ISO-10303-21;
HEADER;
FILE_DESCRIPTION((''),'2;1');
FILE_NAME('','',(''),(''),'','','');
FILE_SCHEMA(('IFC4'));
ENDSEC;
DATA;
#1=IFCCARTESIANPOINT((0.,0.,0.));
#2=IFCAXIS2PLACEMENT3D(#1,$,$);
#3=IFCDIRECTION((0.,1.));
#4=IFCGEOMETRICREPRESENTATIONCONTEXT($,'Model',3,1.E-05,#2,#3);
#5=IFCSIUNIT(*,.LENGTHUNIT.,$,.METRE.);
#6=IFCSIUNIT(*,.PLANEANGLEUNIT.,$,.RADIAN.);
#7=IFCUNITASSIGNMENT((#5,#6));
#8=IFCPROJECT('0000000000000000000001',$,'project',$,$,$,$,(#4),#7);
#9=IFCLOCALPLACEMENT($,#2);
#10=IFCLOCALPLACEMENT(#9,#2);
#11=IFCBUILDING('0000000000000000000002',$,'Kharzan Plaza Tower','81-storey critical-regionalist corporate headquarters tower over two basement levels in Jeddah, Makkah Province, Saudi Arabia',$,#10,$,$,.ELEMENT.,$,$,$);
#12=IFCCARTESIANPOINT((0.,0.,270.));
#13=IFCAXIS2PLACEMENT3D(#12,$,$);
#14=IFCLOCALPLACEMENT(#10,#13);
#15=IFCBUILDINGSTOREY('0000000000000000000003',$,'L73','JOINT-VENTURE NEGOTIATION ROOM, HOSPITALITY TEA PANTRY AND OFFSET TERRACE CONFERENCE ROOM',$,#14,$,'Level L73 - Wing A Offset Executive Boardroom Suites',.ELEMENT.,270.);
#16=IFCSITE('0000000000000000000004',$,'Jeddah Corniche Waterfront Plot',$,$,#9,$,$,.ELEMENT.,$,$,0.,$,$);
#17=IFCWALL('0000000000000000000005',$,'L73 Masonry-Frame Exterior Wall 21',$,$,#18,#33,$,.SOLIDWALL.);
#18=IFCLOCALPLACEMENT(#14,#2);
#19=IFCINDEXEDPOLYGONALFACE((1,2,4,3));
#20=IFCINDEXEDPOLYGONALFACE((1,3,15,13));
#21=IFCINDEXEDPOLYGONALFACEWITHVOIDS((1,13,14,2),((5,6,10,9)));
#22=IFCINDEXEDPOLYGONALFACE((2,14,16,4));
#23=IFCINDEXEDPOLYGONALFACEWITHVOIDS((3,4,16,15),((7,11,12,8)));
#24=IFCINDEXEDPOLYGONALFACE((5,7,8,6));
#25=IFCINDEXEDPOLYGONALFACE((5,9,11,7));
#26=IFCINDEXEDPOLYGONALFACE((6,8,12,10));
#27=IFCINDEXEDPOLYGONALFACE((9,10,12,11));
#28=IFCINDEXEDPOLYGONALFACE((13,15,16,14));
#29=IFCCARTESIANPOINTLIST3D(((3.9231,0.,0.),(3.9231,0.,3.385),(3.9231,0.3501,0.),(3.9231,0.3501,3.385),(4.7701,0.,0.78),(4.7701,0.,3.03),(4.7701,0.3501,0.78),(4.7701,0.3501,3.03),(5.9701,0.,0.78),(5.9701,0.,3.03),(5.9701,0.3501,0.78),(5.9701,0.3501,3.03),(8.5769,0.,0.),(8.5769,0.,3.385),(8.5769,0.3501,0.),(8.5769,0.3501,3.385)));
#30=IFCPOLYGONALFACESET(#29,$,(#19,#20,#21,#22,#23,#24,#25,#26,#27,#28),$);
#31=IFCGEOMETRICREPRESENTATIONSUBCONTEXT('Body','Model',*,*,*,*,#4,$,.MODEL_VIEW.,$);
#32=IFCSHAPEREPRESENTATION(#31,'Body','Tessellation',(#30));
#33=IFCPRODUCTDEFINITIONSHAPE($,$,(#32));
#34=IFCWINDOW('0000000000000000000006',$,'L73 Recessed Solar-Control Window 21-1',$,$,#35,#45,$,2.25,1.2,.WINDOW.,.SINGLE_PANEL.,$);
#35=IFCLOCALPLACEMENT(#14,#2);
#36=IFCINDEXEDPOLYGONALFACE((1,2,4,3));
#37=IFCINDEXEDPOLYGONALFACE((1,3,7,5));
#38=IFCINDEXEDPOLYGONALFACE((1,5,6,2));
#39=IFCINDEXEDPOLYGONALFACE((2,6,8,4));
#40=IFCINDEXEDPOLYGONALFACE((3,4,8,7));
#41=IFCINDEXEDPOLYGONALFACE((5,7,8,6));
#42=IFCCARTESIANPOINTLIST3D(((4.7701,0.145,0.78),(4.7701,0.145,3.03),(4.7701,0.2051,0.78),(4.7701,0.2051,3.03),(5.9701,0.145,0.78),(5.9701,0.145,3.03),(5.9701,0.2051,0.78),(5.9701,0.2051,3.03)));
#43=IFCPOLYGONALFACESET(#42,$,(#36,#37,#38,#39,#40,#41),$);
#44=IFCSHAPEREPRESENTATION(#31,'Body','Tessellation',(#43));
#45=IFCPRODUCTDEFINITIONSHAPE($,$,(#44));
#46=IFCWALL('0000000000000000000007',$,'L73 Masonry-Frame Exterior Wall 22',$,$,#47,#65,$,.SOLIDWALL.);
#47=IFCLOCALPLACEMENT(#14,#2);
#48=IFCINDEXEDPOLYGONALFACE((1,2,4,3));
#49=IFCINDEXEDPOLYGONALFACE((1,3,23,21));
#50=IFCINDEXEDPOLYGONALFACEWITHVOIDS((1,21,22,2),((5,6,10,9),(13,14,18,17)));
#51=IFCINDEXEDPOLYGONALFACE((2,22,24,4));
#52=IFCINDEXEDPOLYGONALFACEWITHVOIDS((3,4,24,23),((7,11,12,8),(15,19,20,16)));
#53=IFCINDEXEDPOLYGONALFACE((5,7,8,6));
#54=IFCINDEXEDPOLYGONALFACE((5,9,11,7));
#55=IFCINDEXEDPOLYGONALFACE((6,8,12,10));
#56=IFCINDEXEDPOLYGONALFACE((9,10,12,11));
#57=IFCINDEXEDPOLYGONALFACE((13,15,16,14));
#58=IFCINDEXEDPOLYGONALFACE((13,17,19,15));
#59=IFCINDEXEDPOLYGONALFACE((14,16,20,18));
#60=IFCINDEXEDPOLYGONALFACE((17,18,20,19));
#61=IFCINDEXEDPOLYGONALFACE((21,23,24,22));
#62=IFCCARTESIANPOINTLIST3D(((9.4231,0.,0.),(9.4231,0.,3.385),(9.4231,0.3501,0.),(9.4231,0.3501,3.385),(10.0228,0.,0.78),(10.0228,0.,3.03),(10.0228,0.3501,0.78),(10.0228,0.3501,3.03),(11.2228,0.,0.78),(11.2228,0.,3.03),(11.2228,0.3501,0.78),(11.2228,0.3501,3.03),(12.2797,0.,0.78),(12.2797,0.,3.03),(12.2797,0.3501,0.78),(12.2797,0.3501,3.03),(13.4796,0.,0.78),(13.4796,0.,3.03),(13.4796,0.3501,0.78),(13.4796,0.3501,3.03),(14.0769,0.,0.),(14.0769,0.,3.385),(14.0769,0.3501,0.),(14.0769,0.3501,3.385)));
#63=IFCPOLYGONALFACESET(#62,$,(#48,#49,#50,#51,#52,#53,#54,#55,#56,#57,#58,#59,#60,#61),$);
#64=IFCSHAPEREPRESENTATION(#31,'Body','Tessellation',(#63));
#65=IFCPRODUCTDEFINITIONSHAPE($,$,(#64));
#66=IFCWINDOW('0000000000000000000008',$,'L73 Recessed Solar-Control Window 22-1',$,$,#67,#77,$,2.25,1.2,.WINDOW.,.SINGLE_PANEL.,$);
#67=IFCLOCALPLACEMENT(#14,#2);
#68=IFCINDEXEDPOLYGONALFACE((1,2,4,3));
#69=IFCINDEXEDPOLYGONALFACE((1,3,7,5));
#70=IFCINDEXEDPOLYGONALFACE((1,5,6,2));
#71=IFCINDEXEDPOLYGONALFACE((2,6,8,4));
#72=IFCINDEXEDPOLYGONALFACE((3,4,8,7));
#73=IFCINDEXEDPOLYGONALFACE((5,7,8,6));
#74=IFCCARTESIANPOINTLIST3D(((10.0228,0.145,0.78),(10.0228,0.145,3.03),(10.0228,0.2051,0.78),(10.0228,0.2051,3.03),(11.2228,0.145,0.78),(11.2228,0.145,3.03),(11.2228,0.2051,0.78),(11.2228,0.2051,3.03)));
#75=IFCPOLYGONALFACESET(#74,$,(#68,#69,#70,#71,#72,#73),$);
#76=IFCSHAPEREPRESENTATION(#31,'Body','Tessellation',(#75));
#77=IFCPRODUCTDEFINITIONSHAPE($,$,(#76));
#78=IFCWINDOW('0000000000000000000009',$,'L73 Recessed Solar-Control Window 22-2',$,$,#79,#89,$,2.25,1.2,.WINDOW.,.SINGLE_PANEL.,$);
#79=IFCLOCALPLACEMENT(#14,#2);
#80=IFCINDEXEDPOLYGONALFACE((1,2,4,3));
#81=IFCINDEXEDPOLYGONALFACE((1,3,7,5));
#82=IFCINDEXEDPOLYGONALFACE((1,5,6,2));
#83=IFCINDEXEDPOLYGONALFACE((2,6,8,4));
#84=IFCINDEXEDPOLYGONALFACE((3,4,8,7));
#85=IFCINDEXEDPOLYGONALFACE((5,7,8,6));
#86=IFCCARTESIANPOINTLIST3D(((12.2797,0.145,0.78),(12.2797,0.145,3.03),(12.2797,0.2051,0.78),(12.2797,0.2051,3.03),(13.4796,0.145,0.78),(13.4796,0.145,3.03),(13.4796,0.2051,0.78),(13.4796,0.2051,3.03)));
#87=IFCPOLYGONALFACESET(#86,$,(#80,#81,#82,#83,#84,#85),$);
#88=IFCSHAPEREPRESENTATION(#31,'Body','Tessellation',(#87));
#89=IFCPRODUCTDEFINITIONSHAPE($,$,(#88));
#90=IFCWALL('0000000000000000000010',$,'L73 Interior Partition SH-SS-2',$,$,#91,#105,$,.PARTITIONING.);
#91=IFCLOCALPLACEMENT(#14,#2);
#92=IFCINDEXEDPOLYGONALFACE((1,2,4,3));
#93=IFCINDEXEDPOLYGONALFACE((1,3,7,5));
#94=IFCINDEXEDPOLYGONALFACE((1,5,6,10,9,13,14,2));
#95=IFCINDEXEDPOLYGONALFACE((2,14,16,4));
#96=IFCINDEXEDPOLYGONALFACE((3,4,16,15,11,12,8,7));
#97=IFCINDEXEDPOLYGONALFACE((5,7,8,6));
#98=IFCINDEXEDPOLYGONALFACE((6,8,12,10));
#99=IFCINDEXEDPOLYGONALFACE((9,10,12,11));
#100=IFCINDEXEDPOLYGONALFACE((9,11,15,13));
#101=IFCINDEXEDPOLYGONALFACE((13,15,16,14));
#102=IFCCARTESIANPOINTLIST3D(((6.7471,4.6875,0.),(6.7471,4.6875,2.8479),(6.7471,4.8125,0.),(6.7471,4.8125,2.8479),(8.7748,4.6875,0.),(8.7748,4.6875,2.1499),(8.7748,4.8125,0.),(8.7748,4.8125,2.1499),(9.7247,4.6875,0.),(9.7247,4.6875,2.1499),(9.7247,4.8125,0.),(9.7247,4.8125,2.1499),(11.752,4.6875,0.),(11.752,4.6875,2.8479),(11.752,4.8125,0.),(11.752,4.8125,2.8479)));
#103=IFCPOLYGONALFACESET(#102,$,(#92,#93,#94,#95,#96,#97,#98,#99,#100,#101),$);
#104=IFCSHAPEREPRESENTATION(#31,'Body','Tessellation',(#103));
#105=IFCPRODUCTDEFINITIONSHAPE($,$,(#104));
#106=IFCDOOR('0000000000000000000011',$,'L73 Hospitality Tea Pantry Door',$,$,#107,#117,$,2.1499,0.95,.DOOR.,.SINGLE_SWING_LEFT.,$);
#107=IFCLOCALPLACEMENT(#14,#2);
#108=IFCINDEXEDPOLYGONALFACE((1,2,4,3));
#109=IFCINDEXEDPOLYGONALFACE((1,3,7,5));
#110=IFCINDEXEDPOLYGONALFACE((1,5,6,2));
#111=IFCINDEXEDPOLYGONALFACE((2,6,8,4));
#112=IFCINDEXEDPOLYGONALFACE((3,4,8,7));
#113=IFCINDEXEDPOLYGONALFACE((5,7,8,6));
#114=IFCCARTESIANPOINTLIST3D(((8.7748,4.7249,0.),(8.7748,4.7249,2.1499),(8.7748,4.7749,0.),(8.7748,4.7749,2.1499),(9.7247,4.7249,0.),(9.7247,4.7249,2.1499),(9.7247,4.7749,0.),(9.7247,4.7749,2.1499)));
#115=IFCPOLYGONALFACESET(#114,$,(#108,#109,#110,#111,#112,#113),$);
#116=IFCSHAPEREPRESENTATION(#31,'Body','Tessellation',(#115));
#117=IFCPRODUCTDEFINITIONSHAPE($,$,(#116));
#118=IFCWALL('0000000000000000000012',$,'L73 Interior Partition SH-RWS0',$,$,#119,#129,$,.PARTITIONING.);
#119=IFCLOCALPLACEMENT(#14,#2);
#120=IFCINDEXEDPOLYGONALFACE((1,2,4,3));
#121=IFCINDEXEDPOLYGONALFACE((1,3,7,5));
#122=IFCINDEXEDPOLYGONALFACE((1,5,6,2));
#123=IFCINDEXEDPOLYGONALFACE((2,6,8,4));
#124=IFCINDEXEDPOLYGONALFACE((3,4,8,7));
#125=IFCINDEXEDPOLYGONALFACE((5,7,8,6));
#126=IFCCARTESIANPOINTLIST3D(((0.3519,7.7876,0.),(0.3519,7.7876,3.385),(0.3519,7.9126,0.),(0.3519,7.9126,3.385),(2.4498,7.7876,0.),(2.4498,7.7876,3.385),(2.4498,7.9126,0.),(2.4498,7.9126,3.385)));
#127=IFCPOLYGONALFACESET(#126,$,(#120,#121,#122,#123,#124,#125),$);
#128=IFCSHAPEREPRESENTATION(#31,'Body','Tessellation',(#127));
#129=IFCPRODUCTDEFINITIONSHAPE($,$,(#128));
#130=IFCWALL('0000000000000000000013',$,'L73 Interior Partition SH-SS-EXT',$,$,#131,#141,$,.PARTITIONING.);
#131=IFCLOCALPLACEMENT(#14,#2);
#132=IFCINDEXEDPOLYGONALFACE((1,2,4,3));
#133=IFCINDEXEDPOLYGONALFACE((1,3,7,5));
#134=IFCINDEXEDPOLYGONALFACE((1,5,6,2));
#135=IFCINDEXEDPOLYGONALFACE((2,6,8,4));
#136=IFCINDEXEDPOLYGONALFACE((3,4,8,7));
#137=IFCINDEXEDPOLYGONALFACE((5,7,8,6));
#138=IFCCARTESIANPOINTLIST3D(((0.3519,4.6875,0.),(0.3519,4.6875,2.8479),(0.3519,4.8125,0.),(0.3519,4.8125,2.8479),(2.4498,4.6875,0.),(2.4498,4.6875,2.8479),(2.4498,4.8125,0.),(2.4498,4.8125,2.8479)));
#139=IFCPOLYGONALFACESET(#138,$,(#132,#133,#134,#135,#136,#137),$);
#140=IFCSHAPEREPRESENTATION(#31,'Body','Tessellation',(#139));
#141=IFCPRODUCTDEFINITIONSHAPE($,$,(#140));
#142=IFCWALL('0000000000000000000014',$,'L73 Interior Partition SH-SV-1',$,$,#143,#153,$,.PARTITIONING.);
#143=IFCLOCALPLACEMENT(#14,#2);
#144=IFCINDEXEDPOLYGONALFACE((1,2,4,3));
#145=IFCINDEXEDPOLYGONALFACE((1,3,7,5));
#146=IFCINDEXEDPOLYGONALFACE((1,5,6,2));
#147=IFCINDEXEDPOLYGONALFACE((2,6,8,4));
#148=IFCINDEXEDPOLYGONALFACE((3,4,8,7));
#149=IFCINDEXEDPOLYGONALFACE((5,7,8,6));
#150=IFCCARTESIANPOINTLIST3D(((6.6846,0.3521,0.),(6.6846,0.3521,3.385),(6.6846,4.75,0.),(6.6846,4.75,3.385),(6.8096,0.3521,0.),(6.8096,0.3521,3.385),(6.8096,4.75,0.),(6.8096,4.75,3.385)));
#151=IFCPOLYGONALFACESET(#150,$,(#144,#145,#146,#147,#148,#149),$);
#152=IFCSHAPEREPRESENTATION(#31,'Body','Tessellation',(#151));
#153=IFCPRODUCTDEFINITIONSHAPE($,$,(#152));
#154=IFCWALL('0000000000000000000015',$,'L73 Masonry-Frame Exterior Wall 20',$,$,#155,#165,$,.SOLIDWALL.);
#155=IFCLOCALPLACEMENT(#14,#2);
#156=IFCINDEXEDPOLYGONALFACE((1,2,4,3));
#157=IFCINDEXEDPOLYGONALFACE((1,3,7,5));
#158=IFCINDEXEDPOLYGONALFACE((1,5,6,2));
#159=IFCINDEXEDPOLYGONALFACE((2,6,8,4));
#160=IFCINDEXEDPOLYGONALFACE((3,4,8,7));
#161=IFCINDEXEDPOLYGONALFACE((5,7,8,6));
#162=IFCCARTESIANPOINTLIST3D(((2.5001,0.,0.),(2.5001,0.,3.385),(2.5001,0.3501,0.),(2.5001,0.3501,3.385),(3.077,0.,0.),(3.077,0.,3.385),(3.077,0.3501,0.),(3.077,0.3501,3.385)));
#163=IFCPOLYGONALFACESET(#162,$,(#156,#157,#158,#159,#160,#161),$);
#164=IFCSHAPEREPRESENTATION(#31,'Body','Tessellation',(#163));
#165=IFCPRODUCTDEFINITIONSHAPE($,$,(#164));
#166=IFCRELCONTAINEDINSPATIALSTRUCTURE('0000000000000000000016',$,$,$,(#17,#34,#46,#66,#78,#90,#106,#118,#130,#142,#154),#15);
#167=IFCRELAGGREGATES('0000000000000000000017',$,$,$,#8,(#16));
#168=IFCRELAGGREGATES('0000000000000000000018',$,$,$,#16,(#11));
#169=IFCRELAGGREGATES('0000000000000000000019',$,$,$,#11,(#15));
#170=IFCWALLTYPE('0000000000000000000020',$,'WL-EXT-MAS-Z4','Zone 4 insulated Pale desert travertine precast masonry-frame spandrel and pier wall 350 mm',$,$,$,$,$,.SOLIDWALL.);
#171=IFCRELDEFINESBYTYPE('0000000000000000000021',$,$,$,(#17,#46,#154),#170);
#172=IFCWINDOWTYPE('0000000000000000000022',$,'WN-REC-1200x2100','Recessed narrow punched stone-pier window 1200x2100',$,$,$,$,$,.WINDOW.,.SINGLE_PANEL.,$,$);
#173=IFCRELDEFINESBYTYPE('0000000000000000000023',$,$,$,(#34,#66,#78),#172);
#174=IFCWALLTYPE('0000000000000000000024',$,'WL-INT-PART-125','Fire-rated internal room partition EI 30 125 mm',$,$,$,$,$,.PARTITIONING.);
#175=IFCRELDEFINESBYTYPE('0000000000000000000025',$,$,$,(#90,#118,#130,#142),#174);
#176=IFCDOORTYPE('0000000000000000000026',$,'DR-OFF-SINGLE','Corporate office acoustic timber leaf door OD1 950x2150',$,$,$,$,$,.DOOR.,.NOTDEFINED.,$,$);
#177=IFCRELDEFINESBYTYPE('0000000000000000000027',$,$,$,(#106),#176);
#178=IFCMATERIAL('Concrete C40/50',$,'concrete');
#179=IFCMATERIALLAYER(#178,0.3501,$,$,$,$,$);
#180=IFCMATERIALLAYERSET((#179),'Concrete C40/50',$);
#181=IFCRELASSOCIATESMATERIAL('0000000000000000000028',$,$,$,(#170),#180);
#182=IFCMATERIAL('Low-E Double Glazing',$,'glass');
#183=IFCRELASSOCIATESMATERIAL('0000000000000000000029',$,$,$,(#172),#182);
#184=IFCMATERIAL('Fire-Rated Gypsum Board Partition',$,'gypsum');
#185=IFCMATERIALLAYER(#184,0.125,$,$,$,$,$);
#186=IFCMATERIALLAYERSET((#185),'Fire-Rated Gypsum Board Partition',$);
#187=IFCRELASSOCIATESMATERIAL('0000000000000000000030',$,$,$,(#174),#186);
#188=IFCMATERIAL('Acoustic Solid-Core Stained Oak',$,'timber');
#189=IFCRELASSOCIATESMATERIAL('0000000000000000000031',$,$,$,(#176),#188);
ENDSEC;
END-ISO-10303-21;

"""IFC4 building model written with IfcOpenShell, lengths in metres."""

from ifc_helpers import new_model, si_unit, direction, frame, frame_2d, origin, place, context, subcontext, project, spatial, rectangle, extrude, source, transform, mapped, material, layer, layer_set, type_object, element, fill, save


model = new_model("IFC4")

# Units and contexts
model_context = context("Model", 3, precision=1e-05, world=origin(), true_north=direction((0.0, 1.0)))
body_context = subcontext(model_context, "Body", "Model", "MODEL_VIEW")
ifc_project = project(units=[si_unit("LENGTHUNIT", "METRE"), si_unit("PLANEANGLEUNIT", "RADIAN")], contexts=[model_context])

# Site, building, storey
site_placement = place(None, origin())
site = spatial("IfcSite", under=ifc_project, at=site_placement, Name="Jeddah Corniche Waterfront Plot", CompositionType="ELEMENT", RefElevation=0.0)
building_placement = place(site_placement, origin())
building = spatial("IfcBuilding", under=site, at=building_placement, Name="Kharzan Plaza Tower", Description="81-storey critical-regionalist corporate headquarters tower over two basement levels in Jeddah, Makkah Province, Saudi Arabia", CompositionType="ELEMENT")
storey_placement = place(building_placement, frame((0.0, 0.0, 270.0)))
storey = spatial("IfcBuildingStorey", under=building, at=storey_placement, Name="L73", Description="JOINT-VENTURE NEGOTIATION ROOM, HOSPITALITY TEA PANTRY AND OFFSET TERRACE CONFERENCE ROOM", LongName="Level L73 - Wing A Offset Executive Boardroom Suites", CompositionType="ELEMENT", Elevation=270.0)

# Shared definitions
ifc_material_1 = material(Name="Concrete C40/50", Category="concrete")

# Wall, opening, window
ifc_layer_1 = layer(ifc_material_1, 0.3501)
ifc_layer_set_1 = layer_set([ifc_layer_1], Name="Concrete C40/50")
wall_type_1 = type_object("IfcWallType", Name="WL-EXT-MAS-Z4", Description="Zone 4 insulated Pale desert travertine precast masonry-frame spandrel and pier wall 350 mm", PredefinedType="SOLIDWALL", material=ifc_layer_set_1)
ifc_material_2 = material(Name="Low-E Double Glazing", Category="glass")
window_type = type_object("IfcWindowType", Name="WN-REC-1200x2100", Description="Recessed narrow punched stone-pier window 1200x2100", PartitioningType="SINGLE_PANEL", PredefinedType="WINDOW", material=ifc_material_2)
shared_shape_1 = source(origin(), body_context, "Body", "SweptSolid", [
    extrude(rectangle(XDim=1.2, YDim=2.25, at=frame_2d((0.6001, 1.125))), frame((0.0, 0.03, 0.0), z_axis=(0.0, -1.0, 0.0), x_axis=(1.0, 0.0, 0.0)), (0.0, 0.0, 1.0), 0.0601),
])
wall_1_placement = place(storey_placement, frame((3.9231, 0.175, 0.0), z_axis=(0.0, 0.0, 1.0), x_axis=(1.0, 0.0, 0.0)))
wall_1 = element("IfcWall", 1, at=wall_1_placement, inside=storey, type_object=wall_type_1, Name="L73 Masonry-Frame Exterior Wall 21", PredefinedType="SOLIDWALL", context=body_context, shape_type="SweptSolid", body=[
    extrude(rectangle(XDim=4.6538, YDim=0.3501, at=frame_2d((2.3269, 0.0))), origin(), (0.0, 0.0, 1.0), 3.385),
])
opening_1_placement = place(wall_1_placement, frame((0.8469, 0.0, 0.78)))
opening_1 = element("IfcOpeningElement", 2, at=opening_1_placement, cuts=wall_1, PredefinedType="OPENING", context=body_context, shape_type="SweptSolid", body=[
    extrude(rectangle(XDim=1.2, YDim=2.25, at=frame_2d((0.6001, 1.125))), frame((0.0, 0.1851, 0.0), z_axis=(0.0, -1.0, 0.0), x_axis=(1.0, 0.0, 0.0)), (0.0, 0.0, 1.0), 0.3701),
])
window_1_placement = place(opening_1_placement, origin())
window_1 = element("IfcWindow", 3, at=window_1_placement, inside=storey, type_object=window_type, Name="L73 Recessed Solar-Control Window 21-1", OverallHeight=2.25, OverallWidth=1.2, PartitioningType="SINGLE_PANEL", PredefinedType="WINDOW", context=body_context, shape_type="MappedRepresentation", body=[
    mapped(shared_shape_1, transform((0.0, 0.0, 0.0), x_axis=(1.0, 0.0, 0.0), y_axis=(0.0, 1.0, 0.0), z_axis=(0.0, 0.0, 1.0))),
])
fill(opening_1, window_1)

# Wall, openings, windows
wall_2_placement = place(storey_placement, frame((9.4231, 0.175, 0.0), z_axis=(0.0, 0.0, 1.0), x_axis=(1.0, 0.0, 0.0)))
wall_2 = element("IfcWall", 4, at=wall_2_placement, inside=storey, type_object=wall_type_1, Name="L73 Masonry-Frame Exterior Wall 22", PredefinedType="SOLIDWALL", context=body_context, shape_type="SweptSolid", body=[
    extrude(rectangle(XDim=4.6538, YDim=0.3501, at=frame_2d((2.3269, 0.0))), origin(), (0.0, 0.0, 1.0), 3.385),
])
opening_2_placement = place(wall_2_placement, frame((0.5996, 0.0, 0.78)))
opening_2 = element("IfcOpeningElement", 5, at=opening_2_placement, cuts=wall_2, PredefinedType="OPENING", context=body_context, shape_type="SweptSolid", body=[
    extrude(rectangle(XDim=1.2, YDim=2.25, at=frame_2d((0.6001, 1.125))), frame((0.0, 0.1851, 0.0), z_axis=(0.0, -1.0, 0.0), x_axis=(1.0, 0.0, 0.0)), (0.0, 0.0, 1.0), 0.3701),
])
opening_3_placement = place(wall_2_placement, frame((2.8564, 0.0, 0.78)))
opening_3 = element("IfcOpeningElement", 6, at=opening_3_placement, cuts=wall_2, PredefinedType="OPENING", context=body_context, shape_type="SweptSolid", body=[
    extrude(rectangle(XDim=1.2, YDim=2.25, at=frame_2d((0.6001, 1.125))), frame((0.0, 0.1851, 0.0), z_axis=(0.0, -1.0, 0.0), x_axis=(1.0, 0.0, 0.0)), (0.0, 0.0, 1.0), 0.3701),
])
window_2_placement = place(opening_2_placement, origin())
window_2 = element("IfcWindow", 7, at=window_2_placement, inside=storey, type_object=window_type, Name="L73 Recessed Solar-Control Window 22-1", OverallHeight=2.25, OverallWidth=1.2, PartitioningType="SINGLE_PANEL", PredefinedType="WINDOW", context=body_context, shape_type="MappedRepresentation", body=[
    mapped(shared_shape_1, transform((0.0, 0.0, 0.0), x_axis=(1.0, 0.0, 0.0), y_axis=(0.0, 1.0, 0.0), z_axis=(0.0, 0.0, 1.0))),
])
fill(opening_2, window_2)
window_3_placement = place(opening_3_placement, origin())
window_3 = element("IfcWindow", 8, at=window_3_placement, inside=storey, type_object=window_type, Name="L73 Recessed Solar-Control Window 22-2", OverallHeight=2.25, OverallWidth=1.2, PartitioningType="SINGLE_PANEL", PredefinedType="WINDOW", context=body_context, shape_type="MappedRepresentation", body=[
    mapped(shared_shape_1, transform((0.0, 0.0, 0.0), x_axis=(1.0, 0.0, 0.0), y_axis=(0.0, 1.0, 0.0), z_axis=(0.0, 0.0, 1.0))),
])
fill(opening_3, window_3)

# Wall, opening, door
ifc_material_3 = material(Name="Fire-Rated Gypsum Board Partition", Category="gypsum")
ifc_layer_2 = layer(ifc_material_3, 0.125)
ifc_layer_set_2 = layer_set([ifc_layer_2], Name="Fire-Rated Gypsum Board Partition")
wall_type_2 = type_object("IfcWallType", Name="WL-INT-PART-125", Description="Fire-rated internal room partition EI 30 125 mm", PredefinedType="PARTITIONING", material=ifc_layer_set_2)
ifc_material_4 = material(Name="Acoustic Solid-Core Stained Oak", Category="timber")
door_type = type_object("IfcDoorType", Name="DR-OFF-SINGLE", Description="Corporate office acoustic timber leaf door OD1 950x2150", OperationType="NOTDEFINED", PredefinedType="DOOR", material=ifc_material_4)
shared_shape_2 = source(origin(), body_context, "Body", "SweptSolid", [
    extrude(rectangle(XDim=0.95, YDim=2.1499, at=frame_2d((0.4751, 1.075))), frame((0.0, 0.0249, 0.0), z_axis=(0.0, -1.0, 0.0), x_axis=(1.0, 0.0, 0.0)), (0.0, 0.0, 1.0), 0.05),
])
wall_3_placement = place(storey_placement, frame((6.7471, 4.75, 0.0), z_axis=(0.0, 0.0, 1.0), x_axis=(1.0, 0.0, 0.0)))
wall_3 = element("IfcWall", 9, at=wall_3_placement, inside=storey, type_object=wall_type_2, Name="L73 Interior Partition SH-SS-2", PredefinedType="PARTITIONING", context=body_context, shape_type="SweptSolid", body=[
    extrude(rectangle(XDim=5.0049, YDim=0.125, at=frame_2d((2.5024, 0.0))), origin(), (0.0, 0.0, 1.0), 2.8479),
])
opening_4_placement = place(wall_3_placement, frame((2.0276, 0.0, 0.0)))
opening_4 = element("IfcOpeningElement", 10, at=opening_4_placement, cuts=wall_3, PredefinedType="OPENING", context=body_context, shape_type="SweptSolid", body=[
    extrude(rectangle(XDim=0.95, YDim=2.1499, at=frame_2d((0.4751, 1.075))), frame((0.0, 0.0725, 0.0), z_axis=(0.0, -1.0, 0.0), x_axis=(1.0, 0.0, 0.0)), (0.0, 0.0, 1.0), 0.145),
])
door_1_placement = place(opening_4_placement, origin())
door_1 = element("IfcDoor", 11, at=door_1_placement, inside=storey, type_object=door_type, Name="L73 Hospitality Tea Pantry Door", OperationType="SINGLE_SWING_LEFT", OverallHeight=2.1499, OverallWidth=0.95, PredefinedType="DOOR", context=body_context, shape_type="MappedRepresentation", body=[
    mapped(shared_shape_2, transform((0.0, 0.0, 0.0), x_axis=(1.0, 0.0, 0.0), y_axis=(0.0, 1.0, 0.0), z_axis=(0.0, 0.0, 1.0))),
])
fill(opening_4, door_1)

# Walls
shared_shape_3 = source(origin(), body_context, "Body", "SweptSolid", [
    extrude(rectangle(XDim=2.0979, YDim=0.125, at=frame_2d((1.0488, 0.0))), origin(), (0.0, 0.0, 1.0), 3.385),
])
wall_4_placement = place(storey_placement, frame((0.3521, 7.8501, 0.0), z_axis=(0.0, 0.0, 1.0), x_axis=(1.0, 0.0, 0.0)))
element("IfcWall", 12, at=wall_4_placement, inside=storey, type_object=wall_type_2, Name="L73 Interior Partition SH-RWS0", PredefinedType="PARTITIONING", context=body_context, shape_type="MappedRepresentation", body=[
    mapped(shared_shape_3, transform((0.0, 0.0, 0.0), x_axis=(1.0, 0.0, 0.0), y_axis=(0.0, 1.0, 0.0), z_axis=(0.0, 0.0, 1.0))),
])
shared_shape_4 = source(origin(), body_context, "Body", "SweptSolid", [
    extrude(rectangle(XDim=2.0979, YDim=0.125, at=frame_2d((1.0488, 0.0))), origin(), (0.0, 0.0, 1.0), 2.8479),
])
wall_5_placement = place(storey_placement, frame((0.3521, 4.75, 0.0), z_axis=(0.0, 0.0, 1.0), x_axis=(1.0, 0.0, 0.0)))
element("IfcWall", 13, at=wall_5_placement, inside=storey, type_object=wall_type_2, Name="L73 Interior Partition SH-SS-EXT", PredefinedType="PARTITIONING", context=body_context, shape_type="MappedRepresentation", body=[
    mapped(shared_shape_4, transform((0.0, 0.0, 0.0), x_axis=(1.0, 0.0, 0.0), y_axis=(0.0, 1.0, 0.0), z_axis=(0.0, 0.0, 1.0))),
])
shared_shape_5 = source(origin(), body_context, "Body", "SweptSolid", [
    extrude(rectangle(XDim=4.3979, YDim=0.125, at=frame_2d((2.199, 0.0))), origin(), (0.0, 0.0, 1.0), 3.385),
])
wall_6_placement = place(storey_placement, frame((6.7471, 0.3521, 0.0), z_axis=(0.0, 0.0, 1.0), x_axis=(0.0, 1.0, 0.0)))
element("IfcWall", 14, at=wall_6_placement, inside=storey, type_object=wall_type_2, Name="L73 Interior Partition SH-SV-1", PredefinedType="PARTITIONING", context=body_context, shape_type="MappedRepresentation", body=[
    mapped(shared_shape_5, transform((0.0, 0.0, 0.0), x_axis=(1.0, 0.0, 0.0), y_axis=(0.0, 1.0, 0.0), z_axis=(0.0, 0.0, 1.0))),
])
shared_shape_6 = source(origin(), body_context, "Body", "SweptSolid", [
    extrude(rectangle(XDim=0.5769, YDim=0.3501, at=frame_2d((0.2886, 0.0))), origin(), (0.0, 0.0, 1.0), 3.385),
])
wall_7_placement = place(storey_placement, frame((2.5, 0.175, 0.0), z_axis=(0.0, 0.0, 1.0), x_axis=(1.0, 0.0, 0.0)))
element("IfcWall", 15, at=wall_7_placement, inside=storey, type_object=wall_type_1, Name="L73 Masonry-Frame Exterior Wall 20", PredefinedType="SOLIDWALL", context=body_context, shape_type="MappedRepresentation", body=[
    mapped(shared_shape_6, transform((0.0, 0.0, 0.0), x_axis=(1.0, 0.0, 0.0), y_axis=(0.0, 1.0, 0.0), z_axis=(0.0, 0.0, 1.0))),
])

save(model, "model.ifc")
